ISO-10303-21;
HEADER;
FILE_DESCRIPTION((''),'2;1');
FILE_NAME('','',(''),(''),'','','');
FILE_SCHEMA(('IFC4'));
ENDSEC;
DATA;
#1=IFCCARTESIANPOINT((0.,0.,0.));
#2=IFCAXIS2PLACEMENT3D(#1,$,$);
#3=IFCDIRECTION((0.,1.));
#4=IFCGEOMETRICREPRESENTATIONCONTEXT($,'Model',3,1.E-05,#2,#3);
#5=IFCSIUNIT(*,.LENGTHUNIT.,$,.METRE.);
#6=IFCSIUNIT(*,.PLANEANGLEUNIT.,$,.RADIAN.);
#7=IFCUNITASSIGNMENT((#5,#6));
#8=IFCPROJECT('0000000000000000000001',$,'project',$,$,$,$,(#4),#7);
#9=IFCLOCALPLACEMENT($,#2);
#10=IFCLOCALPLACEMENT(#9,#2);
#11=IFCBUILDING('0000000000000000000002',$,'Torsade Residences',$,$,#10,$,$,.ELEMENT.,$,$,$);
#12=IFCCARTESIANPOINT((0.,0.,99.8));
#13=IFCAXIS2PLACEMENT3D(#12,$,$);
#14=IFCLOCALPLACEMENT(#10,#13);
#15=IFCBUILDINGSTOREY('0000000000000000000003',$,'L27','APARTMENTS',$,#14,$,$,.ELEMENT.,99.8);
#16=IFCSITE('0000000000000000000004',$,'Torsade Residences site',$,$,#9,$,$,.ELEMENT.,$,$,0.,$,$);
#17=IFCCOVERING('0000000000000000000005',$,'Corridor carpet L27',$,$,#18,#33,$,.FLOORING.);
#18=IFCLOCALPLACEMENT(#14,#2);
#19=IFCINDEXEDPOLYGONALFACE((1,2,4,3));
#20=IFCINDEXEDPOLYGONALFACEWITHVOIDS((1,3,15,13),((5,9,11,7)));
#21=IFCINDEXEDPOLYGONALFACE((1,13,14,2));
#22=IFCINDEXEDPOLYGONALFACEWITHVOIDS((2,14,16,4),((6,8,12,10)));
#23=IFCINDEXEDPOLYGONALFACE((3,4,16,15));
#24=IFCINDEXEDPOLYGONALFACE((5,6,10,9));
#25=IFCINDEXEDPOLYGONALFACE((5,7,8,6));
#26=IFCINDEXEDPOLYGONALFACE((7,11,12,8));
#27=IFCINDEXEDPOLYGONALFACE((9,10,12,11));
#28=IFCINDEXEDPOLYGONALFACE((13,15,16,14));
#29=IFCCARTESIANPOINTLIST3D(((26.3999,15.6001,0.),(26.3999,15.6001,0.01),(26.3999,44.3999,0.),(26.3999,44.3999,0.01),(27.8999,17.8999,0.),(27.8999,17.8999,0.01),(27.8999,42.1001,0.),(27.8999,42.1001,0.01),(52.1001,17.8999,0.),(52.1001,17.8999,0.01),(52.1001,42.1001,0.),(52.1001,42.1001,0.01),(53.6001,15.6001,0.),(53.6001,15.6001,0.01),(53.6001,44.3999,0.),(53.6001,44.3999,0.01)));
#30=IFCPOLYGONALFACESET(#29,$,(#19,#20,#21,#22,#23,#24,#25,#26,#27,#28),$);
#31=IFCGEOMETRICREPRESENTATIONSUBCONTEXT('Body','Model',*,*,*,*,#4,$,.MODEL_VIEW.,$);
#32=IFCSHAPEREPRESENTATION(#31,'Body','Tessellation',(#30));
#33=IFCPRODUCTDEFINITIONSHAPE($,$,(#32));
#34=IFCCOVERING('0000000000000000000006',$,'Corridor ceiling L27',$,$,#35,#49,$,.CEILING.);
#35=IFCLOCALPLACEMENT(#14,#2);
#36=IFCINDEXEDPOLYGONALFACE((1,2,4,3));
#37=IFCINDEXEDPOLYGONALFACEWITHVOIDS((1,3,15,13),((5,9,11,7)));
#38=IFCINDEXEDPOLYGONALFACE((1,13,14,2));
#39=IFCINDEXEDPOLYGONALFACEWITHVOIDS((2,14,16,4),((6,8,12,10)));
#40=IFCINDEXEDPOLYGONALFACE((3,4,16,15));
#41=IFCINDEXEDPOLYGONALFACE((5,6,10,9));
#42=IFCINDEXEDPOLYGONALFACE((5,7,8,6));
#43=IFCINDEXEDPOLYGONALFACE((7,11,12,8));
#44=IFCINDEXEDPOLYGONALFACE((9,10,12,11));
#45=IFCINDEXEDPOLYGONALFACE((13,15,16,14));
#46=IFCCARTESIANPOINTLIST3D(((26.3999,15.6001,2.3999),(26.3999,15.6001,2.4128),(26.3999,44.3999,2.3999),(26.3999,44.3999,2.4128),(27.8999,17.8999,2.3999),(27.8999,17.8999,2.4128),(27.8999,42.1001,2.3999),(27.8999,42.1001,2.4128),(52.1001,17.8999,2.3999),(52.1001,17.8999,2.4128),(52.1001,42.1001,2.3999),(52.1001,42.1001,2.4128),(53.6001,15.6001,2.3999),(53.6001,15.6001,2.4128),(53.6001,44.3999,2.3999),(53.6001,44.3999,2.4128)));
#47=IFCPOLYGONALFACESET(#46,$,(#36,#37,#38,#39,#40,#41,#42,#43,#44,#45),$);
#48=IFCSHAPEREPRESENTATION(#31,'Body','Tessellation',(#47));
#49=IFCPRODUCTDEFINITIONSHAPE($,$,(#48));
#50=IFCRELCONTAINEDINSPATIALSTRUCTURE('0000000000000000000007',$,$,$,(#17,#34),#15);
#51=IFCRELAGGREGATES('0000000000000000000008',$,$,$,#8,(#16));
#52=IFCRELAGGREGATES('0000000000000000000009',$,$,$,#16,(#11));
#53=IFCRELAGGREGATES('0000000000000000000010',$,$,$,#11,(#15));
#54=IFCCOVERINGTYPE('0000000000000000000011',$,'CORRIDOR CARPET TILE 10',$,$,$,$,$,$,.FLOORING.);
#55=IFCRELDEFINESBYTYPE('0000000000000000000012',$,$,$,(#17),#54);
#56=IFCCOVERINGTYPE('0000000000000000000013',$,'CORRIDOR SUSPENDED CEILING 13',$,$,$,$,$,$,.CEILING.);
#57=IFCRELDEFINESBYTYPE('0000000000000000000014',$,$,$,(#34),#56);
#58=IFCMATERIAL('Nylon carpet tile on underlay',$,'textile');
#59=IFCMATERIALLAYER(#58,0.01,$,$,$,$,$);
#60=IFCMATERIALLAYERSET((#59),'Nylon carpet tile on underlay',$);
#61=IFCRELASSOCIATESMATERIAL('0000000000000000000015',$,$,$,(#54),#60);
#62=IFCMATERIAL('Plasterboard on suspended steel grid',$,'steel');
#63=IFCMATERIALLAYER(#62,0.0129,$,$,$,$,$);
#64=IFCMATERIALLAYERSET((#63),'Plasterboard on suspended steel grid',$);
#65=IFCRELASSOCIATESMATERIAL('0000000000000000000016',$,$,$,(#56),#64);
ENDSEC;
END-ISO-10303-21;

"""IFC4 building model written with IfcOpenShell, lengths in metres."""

from ifc_helpers import new_model, si_unit, direction, frame, origin, place, context, subcontext, project, spatial, polyline, outline, extrude, material, layer, layer_set, type_object, element, save


model = new_model("IFC4")

# Units and contexts
model_context = context("Model", 3, precision=1e-05, world=origin(), true_north=direction((0.0, 1.0)))
body_context = subcontext(model_context, "Body", "Model", "MODEL_VIEW")
ifc_project = project(units=[si_unit("LENGTHUNIT", "METRE"), si_unit("PLANEANGLEUNIT", "RADIAN")], contexts=[model_context])

# Site, building, storey
site_placement = place(None, origin())
site = spatial("IfcSite", under=ifc_project, at=site_placement, Name="Torsade Residences site", CompositionType="ELEMENT", RefElevation=0.0)
building_placement = place(site_placement, origin())
building = spatial("IfcBuilding", under=site, at=building_placement, Name="Torsade Residences", CompositionType="ELEMENT")
storey_placement = place(building_placement, frame((0.0, 0.0, 99.8)))
storey = spatial("IfcBuildingStorey", under=building, at=storey_placement, Name="L27", Description="APARTMENTS", CompositionType="ELEMENT", Elevation=99.8)

# Coverings
ifc_material_1 = material(Name="Nylon carpet tile on underlay", Category="textile")
ifc_layer_1 = layer(ifc_material_1, 0.01)
ifc_layer_set_1 = layer_set([ifc_layer_1], Name="Nylon carpet tile on underlay")
covering_type_1 = type_object("IfcCoveringType", Name="CORRIDOR CARPET TILE 10", PredefinedType="FLOORING", material=ifc_layer_set_1)
covering_1_placement = place(storey_placement, origin())
element("IfcCovering", 1, at=covering_1_placement, inside=storey, type_object=covering_type_1, Name="Corridor carpet L27", PredefinedType="FLOORING", context=body_context, shape_type="SweptSolid", body=[
    extrude(outline(polyline([(53.6001, 15.6001), (53.6001, 44.3999), (26.3999, 44.3999), (26.3999, 15.6001), (53.6001, 15.6001)]), holes=[polyline([(52.1001, 42.1001), (27.8999, 42.1001), (27.8999, 17.8999), (52.1001, 17.8999), (52.1001, 42.1001)])]), origin(), (0.0, 0.0, 1.0), 0.01),
])
ifc_material_2 = material(Name="Plasterboard on suspended steel grid", Category="steel")
ifc_layer_2 = layer(ifc_material_2, 0.0129)
ifc_layer_set_2 = layer_set([ifc_layer_2], Name="Plasterboard on suspended steel grid")
covering_type_2 = type_object("IfcCoveringType", Name="CORRIDOR SUSPENDED CEILING 13", PredefinedType="CEILING", material=ifc_layer_set_2)
covering_2_placement = place(storey_placement, frame((0.0, 0.0, 2.3999)))
element("IfcCovering", 2, at=covering_2_placement, inside=storey, type_object=covering_type_2, Name="Corridor ceiling L27", PredefinedType="CEILING", context=body_context, shape_type="SweptSolid", body=[
    extrude(outline(polyline([(53.6001, 15.6001), (53.6001, 44.3999), (26.3999, 44.3999), (26.3999, 15.6001), (53.6001, 15.6001)]), holes=[polyline([(52.1001, 42.1001), (27.8999, 42.1001), (27.8999, 17.8999), (52.1001, 17.8999), (52.1001, 42.1001)])]), origin(), (0.0, 0.0, 1.0), 0.0129),
])

save(model, "model.ifc")
